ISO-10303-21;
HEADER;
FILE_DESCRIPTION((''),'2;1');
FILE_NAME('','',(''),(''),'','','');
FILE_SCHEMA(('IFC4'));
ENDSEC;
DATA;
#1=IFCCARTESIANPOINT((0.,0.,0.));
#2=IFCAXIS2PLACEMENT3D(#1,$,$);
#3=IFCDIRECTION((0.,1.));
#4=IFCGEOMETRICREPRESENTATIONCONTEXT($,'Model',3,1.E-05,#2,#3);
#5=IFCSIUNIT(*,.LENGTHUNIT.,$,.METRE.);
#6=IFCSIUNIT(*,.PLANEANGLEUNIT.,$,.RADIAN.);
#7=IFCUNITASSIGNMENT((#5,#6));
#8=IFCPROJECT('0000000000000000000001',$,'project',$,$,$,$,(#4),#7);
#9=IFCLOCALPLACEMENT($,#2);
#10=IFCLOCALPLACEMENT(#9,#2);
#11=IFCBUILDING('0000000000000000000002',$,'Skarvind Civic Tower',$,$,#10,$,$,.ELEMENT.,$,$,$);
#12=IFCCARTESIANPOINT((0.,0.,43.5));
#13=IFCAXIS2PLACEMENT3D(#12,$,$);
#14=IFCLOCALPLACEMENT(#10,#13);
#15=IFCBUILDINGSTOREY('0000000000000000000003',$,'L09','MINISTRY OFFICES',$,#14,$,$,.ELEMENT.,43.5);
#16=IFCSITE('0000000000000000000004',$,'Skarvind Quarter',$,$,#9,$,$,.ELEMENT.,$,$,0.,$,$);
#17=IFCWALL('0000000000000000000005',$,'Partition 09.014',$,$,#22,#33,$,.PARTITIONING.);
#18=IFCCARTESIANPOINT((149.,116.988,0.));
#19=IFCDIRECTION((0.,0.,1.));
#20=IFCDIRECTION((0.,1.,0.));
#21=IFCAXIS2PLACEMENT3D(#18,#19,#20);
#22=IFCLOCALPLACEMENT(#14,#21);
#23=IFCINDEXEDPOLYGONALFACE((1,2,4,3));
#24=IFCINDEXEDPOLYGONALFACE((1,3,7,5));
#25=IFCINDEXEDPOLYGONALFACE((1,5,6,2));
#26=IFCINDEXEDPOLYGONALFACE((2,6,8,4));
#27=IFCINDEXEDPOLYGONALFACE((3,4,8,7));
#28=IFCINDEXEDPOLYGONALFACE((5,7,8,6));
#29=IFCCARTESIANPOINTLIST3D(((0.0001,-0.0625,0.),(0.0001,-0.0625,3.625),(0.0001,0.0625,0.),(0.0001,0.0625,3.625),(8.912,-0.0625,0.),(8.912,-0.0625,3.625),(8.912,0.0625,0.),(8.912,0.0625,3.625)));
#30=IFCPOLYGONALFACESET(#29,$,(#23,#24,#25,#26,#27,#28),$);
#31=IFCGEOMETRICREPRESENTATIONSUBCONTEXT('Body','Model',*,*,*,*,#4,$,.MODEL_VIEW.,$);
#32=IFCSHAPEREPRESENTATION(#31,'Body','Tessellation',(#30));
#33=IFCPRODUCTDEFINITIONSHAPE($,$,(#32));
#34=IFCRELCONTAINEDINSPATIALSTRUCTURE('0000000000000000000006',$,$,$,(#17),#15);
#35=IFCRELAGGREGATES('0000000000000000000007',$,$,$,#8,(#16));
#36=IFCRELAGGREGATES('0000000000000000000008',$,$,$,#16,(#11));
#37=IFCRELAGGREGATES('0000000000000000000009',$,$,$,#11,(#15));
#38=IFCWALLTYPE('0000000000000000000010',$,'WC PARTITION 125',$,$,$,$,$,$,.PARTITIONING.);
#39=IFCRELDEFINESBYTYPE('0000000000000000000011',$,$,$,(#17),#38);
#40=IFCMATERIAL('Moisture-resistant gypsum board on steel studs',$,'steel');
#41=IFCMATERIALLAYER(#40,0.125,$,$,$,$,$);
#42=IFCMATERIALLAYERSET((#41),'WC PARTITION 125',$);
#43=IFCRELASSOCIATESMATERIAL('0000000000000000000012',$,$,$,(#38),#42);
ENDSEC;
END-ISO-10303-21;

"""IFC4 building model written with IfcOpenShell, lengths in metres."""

from ifc_helpers import new_model, si_unit, direction, frame, frame_2d, origin, place, context, subcontext, project, spatial, rectangle, extrude, material, layer, layer_set, type_object, element, save


model = new_model("IFC4")

# Units and contexts
model_context = context("Model", 3, precision=1e-05, world=origin(), true_north=direction((0.0, 1.0)))
body_context = subcontext(model_context, "Body", "Model", "MODEL_VIEW")
ifc_project = project(units=[si_unit("LENGTHUNIT", "METRE"), si_unit("PLANEANGLEUNIT", "RADIAN")], contexts=[model_context])

# Site, building, storey
site_placement = place(None, origin())
site = spatial("IfcSite", under=ifc_project, at=site_placement, Name="Skarvind Quarter", CompositionType="ELEMENT", RefElevation=0.0)
building_placement = place(site_placement, origin())
building = spatial("IfcBuilding", under=site, at=building_placement, Name="Skarvind Civic Tower", CompositionType="ELEMENT")
storey_placement = place(building_placement, frame((0.0, 0.0, 43.5)))
storey = spatial("IfcBuildingStorey", under=building, at=storey_placement, Name="L09", Description="MINISTRY OFFICES", CompositionType="ELEMENT", Elevation=43.5)

# Shared definitions
ifc_material_1 = material(Name="Moisture-resistant gypsum board on steel studs", Category="steel")
ifc_layer_1 = layer(ifc_material_1, 0.125)
ifc_layer_set_1 = layer_set([ifc_layer_1], Name="WC PARTITION 125")
wall_type_1 = type_object("IfcWallType", Name="WC PARTITION 125", PredefinedType="PARTITIONING", material=ifc_layer_set_1)

# Wall
wall_1_placement = place(storey_placement, frame((149.0, 116.988, 0.0), z_axis=(0.0, 0.0, 1.0), x_axis=(0.0, 1.0, 0.0)))
element("IfcWall", 1, at=wall_1_placement, inside=storey, type_object=wall_type_1, Name="Partition 09.014", PredefinedType="PARTITIONING", context=body_context, shape_type="SweptSolid", body=[
    extrude(rectangle(XDim=8.9119, YDim=0.125, at=frame_2d((4.4561, 0.0))), origin(), (0.0, 0.0, 1.0), 3.625),
])

save(model, "model.ifc")
